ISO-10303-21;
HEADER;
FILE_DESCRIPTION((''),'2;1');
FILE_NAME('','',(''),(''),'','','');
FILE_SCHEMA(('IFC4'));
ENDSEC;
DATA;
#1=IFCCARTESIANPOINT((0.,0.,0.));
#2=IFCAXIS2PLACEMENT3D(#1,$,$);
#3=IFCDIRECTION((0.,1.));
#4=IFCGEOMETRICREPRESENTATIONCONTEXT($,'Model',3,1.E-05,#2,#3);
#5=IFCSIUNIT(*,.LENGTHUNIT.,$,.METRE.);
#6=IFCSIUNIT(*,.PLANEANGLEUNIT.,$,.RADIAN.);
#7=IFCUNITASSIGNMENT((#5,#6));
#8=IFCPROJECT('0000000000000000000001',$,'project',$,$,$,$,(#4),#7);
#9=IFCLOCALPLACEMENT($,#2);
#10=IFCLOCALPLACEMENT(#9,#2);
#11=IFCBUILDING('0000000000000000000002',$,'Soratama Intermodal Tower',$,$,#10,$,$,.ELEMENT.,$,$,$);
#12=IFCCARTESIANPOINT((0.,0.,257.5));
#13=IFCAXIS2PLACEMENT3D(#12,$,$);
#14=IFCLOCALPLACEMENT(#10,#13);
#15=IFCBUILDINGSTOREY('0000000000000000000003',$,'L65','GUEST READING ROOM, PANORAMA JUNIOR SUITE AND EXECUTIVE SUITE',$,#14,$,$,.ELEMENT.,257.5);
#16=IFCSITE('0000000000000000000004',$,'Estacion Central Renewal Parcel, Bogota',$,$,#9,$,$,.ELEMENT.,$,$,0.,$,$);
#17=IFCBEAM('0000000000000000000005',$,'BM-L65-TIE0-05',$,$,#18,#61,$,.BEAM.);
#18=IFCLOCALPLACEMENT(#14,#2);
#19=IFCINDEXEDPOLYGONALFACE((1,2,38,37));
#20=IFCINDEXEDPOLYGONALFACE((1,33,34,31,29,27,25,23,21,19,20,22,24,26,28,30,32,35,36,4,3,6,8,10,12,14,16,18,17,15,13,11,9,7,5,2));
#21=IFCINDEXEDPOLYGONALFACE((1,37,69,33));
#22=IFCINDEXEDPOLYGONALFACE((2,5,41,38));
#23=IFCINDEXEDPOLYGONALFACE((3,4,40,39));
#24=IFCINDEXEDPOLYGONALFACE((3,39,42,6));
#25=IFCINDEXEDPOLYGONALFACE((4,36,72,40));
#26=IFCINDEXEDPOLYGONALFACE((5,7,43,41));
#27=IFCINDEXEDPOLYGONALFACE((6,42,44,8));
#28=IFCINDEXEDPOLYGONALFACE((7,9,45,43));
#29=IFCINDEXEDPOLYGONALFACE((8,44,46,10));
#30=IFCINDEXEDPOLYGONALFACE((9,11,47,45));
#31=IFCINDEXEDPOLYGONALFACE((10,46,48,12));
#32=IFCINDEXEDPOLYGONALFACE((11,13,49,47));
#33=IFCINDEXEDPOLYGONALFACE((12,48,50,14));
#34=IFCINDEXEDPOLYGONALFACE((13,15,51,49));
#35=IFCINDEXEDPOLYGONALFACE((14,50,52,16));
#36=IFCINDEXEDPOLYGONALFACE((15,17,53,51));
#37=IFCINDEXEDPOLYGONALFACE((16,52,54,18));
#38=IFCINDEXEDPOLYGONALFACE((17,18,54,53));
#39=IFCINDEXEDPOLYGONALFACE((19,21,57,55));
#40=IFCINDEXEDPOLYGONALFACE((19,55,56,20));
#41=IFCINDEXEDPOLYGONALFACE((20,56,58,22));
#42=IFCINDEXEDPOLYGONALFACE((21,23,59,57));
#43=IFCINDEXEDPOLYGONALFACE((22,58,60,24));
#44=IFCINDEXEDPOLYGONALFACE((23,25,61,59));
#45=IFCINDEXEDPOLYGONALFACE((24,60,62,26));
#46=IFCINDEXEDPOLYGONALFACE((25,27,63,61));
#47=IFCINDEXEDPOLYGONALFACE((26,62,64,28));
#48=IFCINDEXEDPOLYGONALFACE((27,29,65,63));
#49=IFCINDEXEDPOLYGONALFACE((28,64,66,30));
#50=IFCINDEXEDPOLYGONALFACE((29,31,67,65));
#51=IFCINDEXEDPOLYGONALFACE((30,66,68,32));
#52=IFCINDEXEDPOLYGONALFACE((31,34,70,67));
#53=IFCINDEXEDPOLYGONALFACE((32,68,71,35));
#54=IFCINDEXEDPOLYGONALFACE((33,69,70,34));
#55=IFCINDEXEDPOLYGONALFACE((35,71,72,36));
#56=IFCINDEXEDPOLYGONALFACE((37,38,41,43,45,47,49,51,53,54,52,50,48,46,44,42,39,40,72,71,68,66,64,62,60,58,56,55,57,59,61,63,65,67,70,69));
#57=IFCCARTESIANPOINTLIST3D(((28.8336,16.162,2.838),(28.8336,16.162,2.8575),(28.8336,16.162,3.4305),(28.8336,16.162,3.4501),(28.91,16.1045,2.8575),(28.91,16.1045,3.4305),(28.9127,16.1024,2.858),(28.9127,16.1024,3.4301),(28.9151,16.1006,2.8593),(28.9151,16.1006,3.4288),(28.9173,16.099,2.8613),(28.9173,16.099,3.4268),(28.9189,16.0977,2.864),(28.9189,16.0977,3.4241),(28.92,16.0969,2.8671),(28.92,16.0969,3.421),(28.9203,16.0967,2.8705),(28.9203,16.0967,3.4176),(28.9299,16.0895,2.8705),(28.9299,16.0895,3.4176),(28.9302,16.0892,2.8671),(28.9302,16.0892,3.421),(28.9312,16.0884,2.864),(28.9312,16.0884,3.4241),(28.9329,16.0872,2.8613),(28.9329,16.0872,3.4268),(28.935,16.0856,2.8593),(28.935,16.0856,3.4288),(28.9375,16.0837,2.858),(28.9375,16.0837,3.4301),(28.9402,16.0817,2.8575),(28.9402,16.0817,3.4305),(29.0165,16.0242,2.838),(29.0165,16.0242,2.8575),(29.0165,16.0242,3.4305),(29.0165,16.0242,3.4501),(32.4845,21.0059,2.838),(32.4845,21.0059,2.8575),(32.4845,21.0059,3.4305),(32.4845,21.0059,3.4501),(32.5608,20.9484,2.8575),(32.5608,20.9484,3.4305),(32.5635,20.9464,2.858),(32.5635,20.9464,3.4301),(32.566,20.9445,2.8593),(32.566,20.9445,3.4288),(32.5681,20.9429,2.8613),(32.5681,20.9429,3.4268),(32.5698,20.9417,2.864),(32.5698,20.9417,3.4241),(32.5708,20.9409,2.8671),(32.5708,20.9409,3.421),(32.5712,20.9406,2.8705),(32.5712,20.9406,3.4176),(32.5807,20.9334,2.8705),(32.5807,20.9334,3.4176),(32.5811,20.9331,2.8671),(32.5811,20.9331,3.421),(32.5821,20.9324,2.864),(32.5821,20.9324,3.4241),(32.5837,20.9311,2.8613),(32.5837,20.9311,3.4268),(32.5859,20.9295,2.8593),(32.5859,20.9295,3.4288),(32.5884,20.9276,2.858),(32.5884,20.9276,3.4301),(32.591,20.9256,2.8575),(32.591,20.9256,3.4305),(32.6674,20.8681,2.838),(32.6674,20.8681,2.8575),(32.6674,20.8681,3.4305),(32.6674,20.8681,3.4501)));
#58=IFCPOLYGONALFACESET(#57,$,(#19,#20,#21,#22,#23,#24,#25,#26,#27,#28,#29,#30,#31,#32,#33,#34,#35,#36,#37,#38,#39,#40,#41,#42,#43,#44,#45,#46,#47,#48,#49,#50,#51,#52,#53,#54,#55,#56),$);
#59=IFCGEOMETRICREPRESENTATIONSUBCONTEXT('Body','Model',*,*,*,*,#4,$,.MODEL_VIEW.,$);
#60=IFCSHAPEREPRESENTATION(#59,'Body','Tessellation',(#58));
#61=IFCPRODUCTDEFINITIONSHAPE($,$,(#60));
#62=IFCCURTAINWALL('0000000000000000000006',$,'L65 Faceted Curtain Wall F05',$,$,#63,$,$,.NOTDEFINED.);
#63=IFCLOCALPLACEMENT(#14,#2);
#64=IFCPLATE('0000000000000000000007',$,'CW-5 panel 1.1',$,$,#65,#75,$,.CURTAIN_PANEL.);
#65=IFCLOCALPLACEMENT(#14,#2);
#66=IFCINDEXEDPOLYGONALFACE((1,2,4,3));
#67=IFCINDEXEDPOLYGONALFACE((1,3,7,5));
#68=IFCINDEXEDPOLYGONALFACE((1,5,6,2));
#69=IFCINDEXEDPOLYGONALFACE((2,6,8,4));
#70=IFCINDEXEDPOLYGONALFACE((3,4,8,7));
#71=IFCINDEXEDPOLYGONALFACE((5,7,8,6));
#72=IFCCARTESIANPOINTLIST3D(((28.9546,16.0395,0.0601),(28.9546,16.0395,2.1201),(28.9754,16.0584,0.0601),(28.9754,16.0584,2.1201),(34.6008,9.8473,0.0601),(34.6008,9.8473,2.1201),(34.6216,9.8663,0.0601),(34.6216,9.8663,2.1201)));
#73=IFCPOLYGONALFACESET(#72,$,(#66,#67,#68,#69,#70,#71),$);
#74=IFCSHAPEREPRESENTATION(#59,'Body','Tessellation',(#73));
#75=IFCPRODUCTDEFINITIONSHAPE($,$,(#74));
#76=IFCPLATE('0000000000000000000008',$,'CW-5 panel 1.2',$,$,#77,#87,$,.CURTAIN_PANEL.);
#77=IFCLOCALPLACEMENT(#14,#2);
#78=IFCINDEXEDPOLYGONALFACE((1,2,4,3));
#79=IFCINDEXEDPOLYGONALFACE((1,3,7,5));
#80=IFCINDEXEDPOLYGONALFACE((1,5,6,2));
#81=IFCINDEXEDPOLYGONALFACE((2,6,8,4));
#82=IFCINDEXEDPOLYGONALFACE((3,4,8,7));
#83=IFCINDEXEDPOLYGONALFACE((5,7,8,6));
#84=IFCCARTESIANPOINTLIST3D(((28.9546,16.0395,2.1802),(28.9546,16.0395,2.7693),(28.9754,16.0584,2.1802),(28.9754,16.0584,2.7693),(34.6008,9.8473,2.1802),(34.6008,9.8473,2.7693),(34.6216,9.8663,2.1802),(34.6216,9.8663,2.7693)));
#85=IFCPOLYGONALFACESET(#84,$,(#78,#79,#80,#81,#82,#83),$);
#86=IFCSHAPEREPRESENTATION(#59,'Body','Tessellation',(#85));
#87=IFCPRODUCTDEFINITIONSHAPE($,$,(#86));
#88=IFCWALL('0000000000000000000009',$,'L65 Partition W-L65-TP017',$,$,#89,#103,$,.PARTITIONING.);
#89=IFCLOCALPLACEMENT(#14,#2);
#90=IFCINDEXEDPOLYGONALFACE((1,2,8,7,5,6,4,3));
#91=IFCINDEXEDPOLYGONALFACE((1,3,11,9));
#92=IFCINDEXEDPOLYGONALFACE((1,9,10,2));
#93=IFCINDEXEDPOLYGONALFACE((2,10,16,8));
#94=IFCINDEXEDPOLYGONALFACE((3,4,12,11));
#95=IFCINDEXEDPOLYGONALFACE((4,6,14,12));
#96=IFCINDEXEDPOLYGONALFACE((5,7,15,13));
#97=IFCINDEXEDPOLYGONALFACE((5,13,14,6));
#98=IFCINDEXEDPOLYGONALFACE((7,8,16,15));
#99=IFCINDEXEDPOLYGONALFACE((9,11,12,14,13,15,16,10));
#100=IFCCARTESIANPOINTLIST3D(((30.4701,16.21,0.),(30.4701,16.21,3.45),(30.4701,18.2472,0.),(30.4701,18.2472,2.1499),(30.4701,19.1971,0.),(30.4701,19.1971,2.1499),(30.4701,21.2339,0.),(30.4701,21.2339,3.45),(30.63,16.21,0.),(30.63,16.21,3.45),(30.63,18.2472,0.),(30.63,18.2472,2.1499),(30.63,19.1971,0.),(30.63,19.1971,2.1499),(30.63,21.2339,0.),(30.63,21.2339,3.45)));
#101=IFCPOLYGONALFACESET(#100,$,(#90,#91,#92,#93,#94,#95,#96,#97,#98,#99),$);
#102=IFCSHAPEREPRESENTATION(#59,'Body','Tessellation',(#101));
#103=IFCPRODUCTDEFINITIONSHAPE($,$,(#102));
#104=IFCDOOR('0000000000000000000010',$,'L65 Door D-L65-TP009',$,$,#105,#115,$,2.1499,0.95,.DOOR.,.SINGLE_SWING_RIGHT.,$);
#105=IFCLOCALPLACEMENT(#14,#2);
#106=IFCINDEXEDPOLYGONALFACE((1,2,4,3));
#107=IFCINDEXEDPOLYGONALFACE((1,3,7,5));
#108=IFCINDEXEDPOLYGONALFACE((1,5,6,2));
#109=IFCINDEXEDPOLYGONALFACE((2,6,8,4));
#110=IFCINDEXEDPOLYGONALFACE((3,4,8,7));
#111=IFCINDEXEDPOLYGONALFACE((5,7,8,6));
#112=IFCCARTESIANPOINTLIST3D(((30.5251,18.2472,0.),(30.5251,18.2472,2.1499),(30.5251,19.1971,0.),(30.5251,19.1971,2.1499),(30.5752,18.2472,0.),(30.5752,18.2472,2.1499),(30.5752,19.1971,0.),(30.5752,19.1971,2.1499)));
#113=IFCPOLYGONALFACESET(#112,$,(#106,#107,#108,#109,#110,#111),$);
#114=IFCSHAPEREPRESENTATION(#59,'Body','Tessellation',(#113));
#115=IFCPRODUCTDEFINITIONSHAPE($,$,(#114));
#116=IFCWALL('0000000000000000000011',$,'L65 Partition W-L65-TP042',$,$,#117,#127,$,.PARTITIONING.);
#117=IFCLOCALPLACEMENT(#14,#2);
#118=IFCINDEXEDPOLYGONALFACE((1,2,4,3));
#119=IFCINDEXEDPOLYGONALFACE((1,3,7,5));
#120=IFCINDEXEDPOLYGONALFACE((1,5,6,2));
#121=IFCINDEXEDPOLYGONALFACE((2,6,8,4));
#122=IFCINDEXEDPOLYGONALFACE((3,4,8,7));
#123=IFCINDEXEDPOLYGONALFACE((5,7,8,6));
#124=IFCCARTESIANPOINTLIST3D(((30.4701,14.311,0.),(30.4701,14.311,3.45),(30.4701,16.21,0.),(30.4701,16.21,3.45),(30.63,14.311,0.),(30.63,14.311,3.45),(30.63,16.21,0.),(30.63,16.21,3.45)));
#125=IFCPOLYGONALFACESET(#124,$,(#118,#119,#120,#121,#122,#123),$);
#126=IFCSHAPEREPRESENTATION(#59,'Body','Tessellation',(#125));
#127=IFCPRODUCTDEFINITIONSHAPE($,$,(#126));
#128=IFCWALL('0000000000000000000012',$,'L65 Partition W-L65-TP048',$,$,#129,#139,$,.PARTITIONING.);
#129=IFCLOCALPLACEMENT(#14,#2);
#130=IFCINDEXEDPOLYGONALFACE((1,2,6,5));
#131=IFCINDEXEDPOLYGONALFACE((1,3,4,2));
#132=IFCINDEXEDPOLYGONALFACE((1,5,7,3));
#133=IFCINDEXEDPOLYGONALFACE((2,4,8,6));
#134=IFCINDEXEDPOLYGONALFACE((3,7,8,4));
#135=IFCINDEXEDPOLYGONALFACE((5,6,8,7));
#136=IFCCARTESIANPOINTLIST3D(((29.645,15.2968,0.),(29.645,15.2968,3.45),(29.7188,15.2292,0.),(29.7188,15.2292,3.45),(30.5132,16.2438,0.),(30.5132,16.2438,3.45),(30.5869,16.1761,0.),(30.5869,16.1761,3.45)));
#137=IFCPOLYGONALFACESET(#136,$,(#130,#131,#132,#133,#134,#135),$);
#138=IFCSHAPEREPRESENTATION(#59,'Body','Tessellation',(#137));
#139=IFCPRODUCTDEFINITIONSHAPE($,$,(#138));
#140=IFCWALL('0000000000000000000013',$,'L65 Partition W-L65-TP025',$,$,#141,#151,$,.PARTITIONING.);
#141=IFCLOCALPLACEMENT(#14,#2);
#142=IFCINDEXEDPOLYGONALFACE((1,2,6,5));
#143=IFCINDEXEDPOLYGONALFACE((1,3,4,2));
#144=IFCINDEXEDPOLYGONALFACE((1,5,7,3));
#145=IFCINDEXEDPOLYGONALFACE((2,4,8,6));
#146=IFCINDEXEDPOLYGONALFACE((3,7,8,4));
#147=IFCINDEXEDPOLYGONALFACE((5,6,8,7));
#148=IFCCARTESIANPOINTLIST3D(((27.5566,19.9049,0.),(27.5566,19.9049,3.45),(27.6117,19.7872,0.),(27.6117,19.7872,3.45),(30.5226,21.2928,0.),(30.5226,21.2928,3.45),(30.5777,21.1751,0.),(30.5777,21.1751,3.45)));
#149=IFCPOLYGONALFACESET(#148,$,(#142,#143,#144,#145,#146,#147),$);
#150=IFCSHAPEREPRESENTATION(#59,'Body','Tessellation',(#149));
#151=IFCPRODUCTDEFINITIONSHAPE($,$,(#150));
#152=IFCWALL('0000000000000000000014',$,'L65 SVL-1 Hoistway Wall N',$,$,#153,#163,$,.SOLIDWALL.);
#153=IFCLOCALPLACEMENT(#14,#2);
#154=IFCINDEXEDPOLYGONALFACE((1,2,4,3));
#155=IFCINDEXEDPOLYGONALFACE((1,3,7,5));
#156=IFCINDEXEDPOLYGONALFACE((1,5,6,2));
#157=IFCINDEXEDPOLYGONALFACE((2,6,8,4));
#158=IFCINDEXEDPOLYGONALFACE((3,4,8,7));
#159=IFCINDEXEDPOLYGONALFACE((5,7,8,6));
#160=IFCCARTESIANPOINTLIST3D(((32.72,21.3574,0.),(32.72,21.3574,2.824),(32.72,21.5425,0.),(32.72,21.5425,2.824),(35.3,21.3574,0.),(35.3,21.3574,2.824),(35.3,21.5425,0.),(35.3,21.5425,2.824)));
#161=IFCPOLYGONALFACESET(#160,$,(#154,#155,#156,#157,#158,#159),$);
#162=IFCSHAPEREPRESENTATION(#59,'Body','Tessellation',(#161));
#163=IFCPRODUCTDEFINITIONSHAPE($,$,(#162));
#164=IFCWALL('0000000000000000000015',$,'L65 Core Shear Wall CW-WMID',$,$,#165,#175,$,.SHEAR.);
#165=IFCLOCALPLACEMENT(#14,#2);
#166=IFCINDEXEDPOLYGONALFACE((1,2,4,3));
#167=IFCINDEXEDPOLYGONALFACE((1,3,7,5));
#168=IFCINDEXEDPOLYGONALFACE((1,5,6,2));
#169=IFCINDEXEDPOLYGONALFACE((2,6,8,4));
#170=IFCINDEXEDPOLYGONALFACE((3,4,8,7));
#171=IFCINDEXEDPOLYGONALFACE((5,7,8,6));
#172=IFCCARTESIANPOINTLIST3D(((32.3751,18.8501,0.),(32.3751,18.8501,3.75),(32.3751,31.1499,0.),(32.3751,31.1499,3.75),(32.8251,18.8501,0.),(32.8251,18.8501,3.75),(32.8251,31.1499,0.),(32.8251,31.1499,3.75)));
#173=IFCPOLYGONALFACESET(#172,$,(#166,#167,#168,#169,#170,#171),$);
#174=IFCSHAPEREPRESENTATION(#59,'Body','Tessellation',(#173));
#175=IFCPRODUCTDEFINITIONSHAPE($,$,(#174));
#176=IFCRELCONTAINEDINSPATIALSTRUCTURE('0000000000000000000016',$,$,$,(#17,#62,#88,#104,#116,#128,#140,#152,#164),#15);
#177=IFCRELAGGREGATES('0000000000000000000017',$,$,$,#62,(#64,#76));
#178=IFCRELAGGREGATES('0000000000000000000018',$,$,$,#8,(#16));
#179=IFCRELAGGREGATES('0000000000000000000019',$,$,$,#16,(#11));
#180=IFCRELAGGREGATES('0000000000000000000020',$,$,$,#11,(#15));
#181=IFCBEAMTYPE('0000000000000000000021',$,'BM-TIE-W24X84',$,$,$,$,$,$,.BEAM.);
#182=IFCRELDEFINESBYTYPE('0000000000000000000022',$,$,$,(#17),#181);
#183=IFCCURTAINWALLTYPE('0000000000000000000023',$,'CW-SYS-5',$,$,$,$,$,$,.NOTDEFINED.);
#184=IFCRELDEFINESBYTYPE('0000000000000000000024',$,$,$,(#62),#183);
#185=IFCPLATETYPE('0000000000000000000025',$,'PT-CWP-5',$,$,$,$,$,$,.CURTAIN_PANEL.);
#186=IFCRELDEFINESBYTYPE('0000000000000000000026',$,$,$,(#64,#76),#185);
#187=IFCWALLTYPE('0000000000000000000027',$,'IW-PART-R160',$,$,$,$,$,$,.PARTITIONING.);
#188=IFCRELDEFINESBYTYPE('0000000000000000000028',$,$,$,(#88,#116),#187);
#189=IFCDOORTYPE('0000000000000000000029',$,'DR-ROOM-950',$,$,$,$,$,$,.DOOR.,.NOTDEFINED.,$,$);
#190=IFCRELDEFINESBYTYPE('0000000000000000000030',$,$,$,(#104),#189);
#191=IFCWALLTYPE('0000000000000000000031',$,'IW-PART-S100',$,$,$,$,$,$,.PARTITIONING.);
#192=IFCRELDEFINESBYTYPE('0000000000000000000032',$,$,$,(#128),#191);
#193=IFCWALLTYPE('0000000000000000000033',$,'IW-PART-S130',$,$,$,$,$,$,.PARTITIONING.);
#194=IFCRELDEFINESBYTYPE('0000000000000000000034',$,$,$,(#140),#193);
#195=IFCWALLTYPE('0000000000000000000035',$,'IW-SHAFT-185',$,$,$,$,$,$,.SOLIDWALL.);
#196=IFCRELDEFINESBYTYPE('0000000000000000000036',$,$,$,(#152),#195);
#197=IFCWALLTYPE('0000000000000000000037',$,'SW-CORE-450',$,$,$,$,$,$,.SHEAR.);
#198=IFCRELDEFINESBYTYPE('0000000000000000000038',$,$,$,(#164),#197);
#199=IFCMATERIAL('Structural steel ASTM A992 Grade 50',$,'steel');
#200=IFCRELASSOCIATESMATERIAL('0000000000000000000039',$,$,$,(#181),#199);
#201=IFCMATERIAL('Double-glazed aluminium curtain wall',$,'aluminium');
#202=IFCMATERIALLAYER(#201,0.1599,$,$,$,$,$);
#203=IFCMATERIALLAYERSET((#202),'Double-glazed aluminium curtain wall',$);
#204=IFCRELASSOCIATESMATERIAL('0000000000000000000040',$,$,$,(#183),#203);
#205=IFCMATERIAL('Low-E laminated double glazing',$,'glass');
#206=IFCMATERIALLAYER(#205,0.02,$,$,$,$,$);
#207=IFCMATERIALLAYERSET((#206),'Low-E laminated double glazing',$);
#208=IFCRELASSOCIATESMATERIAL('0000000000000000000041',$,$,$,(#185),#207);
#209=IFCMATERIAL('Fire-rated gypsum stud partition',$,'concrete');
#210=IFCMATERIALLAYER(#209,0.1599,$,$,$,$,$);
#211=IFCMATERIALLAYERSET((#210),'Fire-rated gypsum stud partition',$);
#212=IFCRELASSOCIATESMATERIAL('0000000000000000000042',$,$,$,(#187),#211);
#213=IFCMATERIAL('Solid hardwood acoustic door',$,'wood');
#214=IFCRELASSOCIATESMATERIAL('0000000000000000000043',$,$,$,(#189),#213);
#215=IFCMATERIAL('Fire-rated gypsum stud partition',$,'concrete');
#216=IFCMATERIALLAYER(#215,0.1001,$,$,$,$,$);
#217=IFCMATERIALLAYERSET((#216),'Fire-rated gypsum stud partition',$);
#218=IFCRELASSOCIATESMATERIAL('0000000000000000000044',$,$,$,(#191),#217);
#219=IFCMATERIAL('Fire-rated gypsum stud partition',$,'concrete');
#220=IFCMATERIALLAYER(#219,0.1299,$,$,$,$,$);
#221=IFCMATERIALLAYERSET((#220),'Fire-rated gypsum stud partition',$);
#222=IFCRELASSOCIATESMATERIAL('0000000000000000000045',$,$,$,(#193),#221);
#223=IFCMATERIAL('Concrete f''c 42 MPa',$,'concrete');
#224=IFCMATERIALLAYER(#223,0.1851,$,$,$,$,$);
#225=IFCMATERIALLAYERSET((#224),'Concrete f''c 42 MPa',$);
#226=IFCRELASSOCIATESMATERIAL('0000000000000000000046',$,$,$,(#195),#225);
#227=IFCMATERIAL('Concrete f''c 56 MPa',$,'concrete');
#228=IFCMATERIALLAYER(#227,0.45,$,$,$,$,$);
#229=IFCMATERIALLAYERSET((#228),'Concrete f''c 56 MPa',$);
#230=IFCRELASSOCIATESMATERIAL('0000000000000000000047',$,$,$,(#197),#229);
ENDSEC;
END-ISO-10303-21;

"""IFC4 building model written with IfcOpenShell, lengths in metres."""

from ifc_helpers import new_model, si_unit, direction, frame, frame_2d, origin, origin_2d, place, context, subcontext, project, spatial, rectangle, i_section, extrude, material, layer, layer_set, material_profile, profile_set, type_object, element, fill, aggregate, save


model = new_model("IFC4")

# Units and contexts
model_context = context("Model", 3, precision=1e-05, world=origin(), true_north=direction((0.0, 1.0)))
body_context = subcontext(model_context, "Body", "Model", "MODEL_VIEW")
ifc_project = project(units=[si_unit("LENGTHUNIT", "METRE"), si_unit("PLANEANGLEUNIT", "RADIAN")], contexts=[model_context])

# Site, building, storey
site_placement = place(None, origin())
site = spatial("IfcSite", under=ifc_project, at=site_placement, Name="Estacion Central Renewal Parcel, Bogota", CompositionType="ELEMENT", RefElevation=0.0)
building_placement = place(site_placement, origin())
building = spatial("IfcBuilding", under=site, at=building_placement, Name="Soratama Intermodal Tower", CompositionType="ELEMENT")
storey_placement = place(building_placement, frame((0.0, 0.0, 257.5)))
storey = spatial("IfcBuildingStorey", under=building, at=storey_placement, Name="L65", Description="GUEST READING ROOM, PANORAMA JUNIOR SUITE AND EXECUTIVE SUITE", CompositionType="ELEMENT", Elevation=257.5)

# Beam
ifc_material_1 = material(Name="Structural steel ASTM A992 Grade 50", Category="steel")
ifc_material_profile_1 = material_profile(ifc_material_1, i_section(OverallWidth=0.229, OverallDepth=0.6121, WebThickness=0.012, FlangeThickness=0.0195, FilletRadius=0.0129, at=origin_2d()), Name="W24X84")
ifc_profile_set_1 = profile_set([ifc_material_profile_1], Name="Structural steel ASTM A992 Grade 50")
beam_type_1 = type_object("IfcBeamType", Name="BM-TIE-W24X84", PredefinedType="BEAM", material=ifc_profile_set_1)
beam_1_placement = place(storey_placement, frame((32.5759, 20.937, 3.144), z_axis=(-0.601885, -0.798583, 0.0), x_axis=(0.798583, -0.601885, 0.0)))
element("IfcBeam", 1, at=beam_1_placement, inside=storey, type_object=beam_type_1, Name="BM-L65-TIE0-05", PredefinedType="BEAM", context=body_context, shape_type="SweptSolid", body=[
    extrude(i_section(OverallWidth=0.229, OverallDepth=0.6121, WebThickness=0.012, FlangeThickness=0.0195, FilletRadius=0.0129, at=origin_2d()), origin(), (0.0, 0.0, 1.0), 6.0657),
])

# Curtain wall, plates
ifc_material_2 = material(Name="Double-glazed aluminium curtain wall", Category="aluminium")
ifc_layer_1 = layer(ifc_material_2, 0.1599)
ifc_layer_set_1 = layer_set([ifc_layer_1], Name="Double-glazed aluminium curtain wall")
curtain_wall_type = type_object("IfcCurtainWallType", Name="CW-SYS-5", PredefinedType="NOTDEFINED", material=ifc_layer_set_1)
curtain_wall_placement = place(storey_placement, origin())
curtain_wall = element("IfcCurtainWall", 2, at=curtain_wall_placement, inside=storey, type_object=curtain_wall_type, Name="L65 Faceted Curtain Wall F05", PredefinedType="NOTDEFINED")
ifc_material_3 = material(Name="Low-E laminated double glazing", Category="glass")
ifc_layer_2 = layer(ifc_material_3, 0.02)
ifc_layer_set_2 = layer_set([ifc_layer_2], Name="Low-E laminated double glazing")
plate_type = type_object("IfcPlateType", Name="PT-CWP-5", PredefinedType="CURTAIN_PANEL", material=ifc_layer_set_2)
plate_1_placement = place(storey_placement, frame((31.7881, 12.9529, 0.0601), z_axis=(0.0, 0.0, 1.0), x_axis=(0.673779, -0.738933, 0.0)))
plate_1 = element("IfcPlate", 3, at=plate_1_placement, type_object=plate_type, Name="CW-5 panel 1.1", PredefinedType="CURTAIN_PANEL", context=body_context, shape_type="SweptSolid", body=[
    extrude(rectangle(XDim=8.3799, YDim=0.0281, at=origin_2d()), origin(), (0.0, 0.0, 1.0), 2.0601),
])
plate_2_placement = place(storey_placement, frame((31.7881, 12.9529, 2.1802), z_axis=(0.0, 0.0, 1.0), x_axis=(0.673779, -0.738933, 0.0)))
plate_2 = element("IfcPlate", 4, at=plate_2_placement, type_object=plate_type, Name="CW-5 panel 1.2", PredefinedType="CURTAIN_PANEL", context=body_context, shape_type="SweptSolid", body=[
    extrude(rectangle(XDim=8.3799, YDim=0.0281, at=origin_2d()), origin(), (0.0, 0.0, 1.0), 0.5891),
])
aggregate(curtain_wall, [plate_1, plate_2])

# Wall, opening, door
ifc_material_4 = material(Name="Fire-rated gypsum stud partition", Category="concrete")
ifc_layer_3 = layer(ifc_material_4, 0.1599)
ifc_layer_set_3 = layer_set([ifc_layer_3], Name="Fire-rated gypsum stud partition")
wall_type_1 = type_object("IfcWallType", Name="IW-PART-R160", PredefinedType="PARTITIONING", material=ifc_layer_set_3)
wall_1_placement = place(storey_placement, frame((30.55, 16.21, 0.0), z_axis=(0.0, 0.0, 1.0), x_axis=(0.0, 1.0, 0.0)))
wall_1 = element("IfcWall", 5, at=wall_1_placement, inside=storey, type_object=wall_type_1, Name="L65 Partition W-L65-TP017", PredefinedType="PARTITIONING", context=body_context, shape_type="SweptSolid", body=[
    extrude(rectangle(XDim=5.0239, YDim=0.1599, at=frame_2d((2.512, 0.0))), origin(), (0.0, 0.0, 1.0), 3.45),
])
opening_1_placement = place(wall_1_placement, frame((2.0371, 0.0, 0.0)))
opening_1 = element("IfcOpeningElement", 6, at=opening_1_placement, cuts=wall_1, PredefinedType="OPENING", context=body_context, shape_type="SweptSolid", body=[
    extrude(rectangle(XDim=0.95, YDim=2.1499, at=frame_2d((0.4751, 1.075))), frame((0.0, 0.0898, 0.0), z_axis=(0.0, -1.0, 0.0), x_axis=(1.0, 0.0, 0.0)), (0.0, 0.0, 1.0), 0.1799),
])
ifc_material_5 = material(Name="Solid hardwood acoustic door", Category="wood")
door_type = type_object("IfcDoorType", Name="DR-ROOM-950", OperationType="NOTDEFINED", PredefinedType="DOOR", material=ifc_material_5)
door_1_placement = place(opening_1_placement, origin())
door_1 = element("IfcDoor", 7, at=door_1_placement, inside=storey, type_object=door_type, Name="L65 Door D-L65-TP009", OperationType="SINGLE_SWING_RIGHT", OverallHeight=2.1499, OverallWidth=0.95, PredefinedType="DOOR", context=body_context, shape_type="SweptSolid", body=[
    extrude(rectangle(XDim=0.95, YDim=2.1499, at=frame_2d((0.4751, 1.075))), frame((0.0, 0.0249, 0.0), z_axis=(0.0, -1.0, 0.0), x_axis=(1.0, 0.0, 0.0)), (0.0, 0.0, 1.0), 0.05),
])
fill(opening_1, door_1)

# Walls
wall_2_placement = place(storey_placement, frame((30.55, 14.311, 0.0), z_axis=(0.0, 0.0, 1.0), x_axis=(0.0, 1.0, 0.0)))
element("IfcWall", 8, at=wall_2_placement, inside=storey, type_object=wall_type_1, Name="L65 Partition W-L65-TP042", PredefinedType="PARTITIONING", context=body_context, shape_type="SweptSolid", body=[
    extrude(rectangle(XDim=1.8989, YDim=0.1599, at=frame_2d((0.9495, 0.0))), origin(), (0.0, 0.0, 1.0), 3.45),
])
ifc_material_6 = material(Name="Fire-rated gypsum stud partition", Category="concrete")
ifc_layer_4 = layer(ifc_material_6, 0.1001)
ifc_layer_set_4 = layer_set([ifc_layer_4], Name="Fire-rated gypsum stud partition")
wall_type_2 = type_object("IfcWallType", Name="IW-PART-S100", PredefinedType="PARTITIONING", material=ifc_layer_set_4)
wall_3_placement = place(storey_placement, frame((30.55, 16.21, 0.0), z_axis=(0.0, 0.0, 1.0), x_axis=(-0.67575, -0.73713, 0.0)))
element("IfcWall", 9, at=wall_3_placement, inside=storey, type_object=wall_type_2, Name="L65 Partition W-L65-TP048", PredefinedType="PARTITIONING", context=body_context, shape_type="SweptSolid", body=[
    extrude(rectangle(XDim=1.2847, YDim=0.1001, at=frame_2d((0.6423, 0.0))), origin(), (0.0, 0.0, 1.0), 3.45),
])
ifc_material_7 = material(Name="Fire-rated gypsum stud partition", Category="concrete")
ifc_layer_5 = layer(ifc_material_7, 0.1299)
ifc_layer_set_5 = layer_set([ifc_layer_5], Name="Fire-rated gypsum stud partition")
wall_type_3 = type_object("IfcWallType", Name="IW-PART-S130", PredefinedType="PARTITIONING", material=ifc_layer_set_5)
wall_4_placement = place(storey_placement, frame((30.55, 21.2339, 0.0), z_axis=(0.0, 0.0, 1.0), x_axis=(-0.905741, -0.423832, 0.0)))
element("IfcWall", 10, at=wall_4_placement, inside=storey, type_object=wall_type_3, Name="L65 Partition W-L65-TP025", PredefinedType="PARTITIONING", context=body_context, shape_type="SweptSolid", body=[
    extrude(rectangle(XDim=3.2747, YDim=0.1299, at=frame_2d((1.6372, 0.0))), origin(), (0.0, 0.0, 1.0), 3.45),
])
ifc_material_8 = material(Name="Concrete f'c 42 MPa", Category="concrete")
ifc_layer_6 = layer(ifc_material_8, 0.1851)
ifc_layer_set_6 = layer_set([ifc_layer_6], Name="Concrete f'c 42 MPa")
wall_type_4 = type_object("IfcWallType", Name="IW-SHAFT-185", PredefinedType="SOLIDWALL", material=ifc_layer_set_6)
wall_5_placement = place(storey_placement, frame((32.72, 21.45, 0.0), z_axis=(0.0, 0.0, 1.0), x_axis=(1.0, 0.0, 0.0)))
element("IfcWall", 11, at=wall_5_placement, inside=storey, type_object=wall_type_4, Name="L65 SVL-1 Hoistway Wall N", PredefinedType="SOLIDWALL", context=body_context, shape_type="SweptSolid", body=[
    extrude(rectangle(XDim=2.5801, YDim=0.1851, at=frame_2d((1.29, 0.0))), origin(), (0.0, 0.0, 1.0), 2.824),
])
ifc_material_9 = material(Name="Concrete f'c 56 MPa", Category="concrete")
ifc_layer_7 = layer(ifc_material_9, 0.45)
ifc_layer_set_7 = layer_set([ifc_layer_7], Name="Concrete f'c 56 MPa")
wall_type_5 = type_object("IfcWallType", Name="SW-CORE-450", PredefinedType="SHEAR", material=ifc_layer_set_7)
wall_6_placement = place(storey_placement, frame((32.6001, 18.8501, 0.0), z_axis=(0.0, 0.0, 1.0), x_axis=(0.0, 1.0, 0.0)))
element("IfcWall", 12, at=wall_6_placement, inside=storey, type_object=wall_type_5, Name="L65 Core Shear Wall CW-WMID", PredefinedType="SHEAR", context=body_context, shape_type="SweptSolid", body=[
    extrude(rectangle(XDim=12.2998, YDim=0.45, at=frame_2d((6.1499, 0.0))), origin(), (0.0, 0.0, 1.0), 3.75),
])

save(model, "model.ifc")
